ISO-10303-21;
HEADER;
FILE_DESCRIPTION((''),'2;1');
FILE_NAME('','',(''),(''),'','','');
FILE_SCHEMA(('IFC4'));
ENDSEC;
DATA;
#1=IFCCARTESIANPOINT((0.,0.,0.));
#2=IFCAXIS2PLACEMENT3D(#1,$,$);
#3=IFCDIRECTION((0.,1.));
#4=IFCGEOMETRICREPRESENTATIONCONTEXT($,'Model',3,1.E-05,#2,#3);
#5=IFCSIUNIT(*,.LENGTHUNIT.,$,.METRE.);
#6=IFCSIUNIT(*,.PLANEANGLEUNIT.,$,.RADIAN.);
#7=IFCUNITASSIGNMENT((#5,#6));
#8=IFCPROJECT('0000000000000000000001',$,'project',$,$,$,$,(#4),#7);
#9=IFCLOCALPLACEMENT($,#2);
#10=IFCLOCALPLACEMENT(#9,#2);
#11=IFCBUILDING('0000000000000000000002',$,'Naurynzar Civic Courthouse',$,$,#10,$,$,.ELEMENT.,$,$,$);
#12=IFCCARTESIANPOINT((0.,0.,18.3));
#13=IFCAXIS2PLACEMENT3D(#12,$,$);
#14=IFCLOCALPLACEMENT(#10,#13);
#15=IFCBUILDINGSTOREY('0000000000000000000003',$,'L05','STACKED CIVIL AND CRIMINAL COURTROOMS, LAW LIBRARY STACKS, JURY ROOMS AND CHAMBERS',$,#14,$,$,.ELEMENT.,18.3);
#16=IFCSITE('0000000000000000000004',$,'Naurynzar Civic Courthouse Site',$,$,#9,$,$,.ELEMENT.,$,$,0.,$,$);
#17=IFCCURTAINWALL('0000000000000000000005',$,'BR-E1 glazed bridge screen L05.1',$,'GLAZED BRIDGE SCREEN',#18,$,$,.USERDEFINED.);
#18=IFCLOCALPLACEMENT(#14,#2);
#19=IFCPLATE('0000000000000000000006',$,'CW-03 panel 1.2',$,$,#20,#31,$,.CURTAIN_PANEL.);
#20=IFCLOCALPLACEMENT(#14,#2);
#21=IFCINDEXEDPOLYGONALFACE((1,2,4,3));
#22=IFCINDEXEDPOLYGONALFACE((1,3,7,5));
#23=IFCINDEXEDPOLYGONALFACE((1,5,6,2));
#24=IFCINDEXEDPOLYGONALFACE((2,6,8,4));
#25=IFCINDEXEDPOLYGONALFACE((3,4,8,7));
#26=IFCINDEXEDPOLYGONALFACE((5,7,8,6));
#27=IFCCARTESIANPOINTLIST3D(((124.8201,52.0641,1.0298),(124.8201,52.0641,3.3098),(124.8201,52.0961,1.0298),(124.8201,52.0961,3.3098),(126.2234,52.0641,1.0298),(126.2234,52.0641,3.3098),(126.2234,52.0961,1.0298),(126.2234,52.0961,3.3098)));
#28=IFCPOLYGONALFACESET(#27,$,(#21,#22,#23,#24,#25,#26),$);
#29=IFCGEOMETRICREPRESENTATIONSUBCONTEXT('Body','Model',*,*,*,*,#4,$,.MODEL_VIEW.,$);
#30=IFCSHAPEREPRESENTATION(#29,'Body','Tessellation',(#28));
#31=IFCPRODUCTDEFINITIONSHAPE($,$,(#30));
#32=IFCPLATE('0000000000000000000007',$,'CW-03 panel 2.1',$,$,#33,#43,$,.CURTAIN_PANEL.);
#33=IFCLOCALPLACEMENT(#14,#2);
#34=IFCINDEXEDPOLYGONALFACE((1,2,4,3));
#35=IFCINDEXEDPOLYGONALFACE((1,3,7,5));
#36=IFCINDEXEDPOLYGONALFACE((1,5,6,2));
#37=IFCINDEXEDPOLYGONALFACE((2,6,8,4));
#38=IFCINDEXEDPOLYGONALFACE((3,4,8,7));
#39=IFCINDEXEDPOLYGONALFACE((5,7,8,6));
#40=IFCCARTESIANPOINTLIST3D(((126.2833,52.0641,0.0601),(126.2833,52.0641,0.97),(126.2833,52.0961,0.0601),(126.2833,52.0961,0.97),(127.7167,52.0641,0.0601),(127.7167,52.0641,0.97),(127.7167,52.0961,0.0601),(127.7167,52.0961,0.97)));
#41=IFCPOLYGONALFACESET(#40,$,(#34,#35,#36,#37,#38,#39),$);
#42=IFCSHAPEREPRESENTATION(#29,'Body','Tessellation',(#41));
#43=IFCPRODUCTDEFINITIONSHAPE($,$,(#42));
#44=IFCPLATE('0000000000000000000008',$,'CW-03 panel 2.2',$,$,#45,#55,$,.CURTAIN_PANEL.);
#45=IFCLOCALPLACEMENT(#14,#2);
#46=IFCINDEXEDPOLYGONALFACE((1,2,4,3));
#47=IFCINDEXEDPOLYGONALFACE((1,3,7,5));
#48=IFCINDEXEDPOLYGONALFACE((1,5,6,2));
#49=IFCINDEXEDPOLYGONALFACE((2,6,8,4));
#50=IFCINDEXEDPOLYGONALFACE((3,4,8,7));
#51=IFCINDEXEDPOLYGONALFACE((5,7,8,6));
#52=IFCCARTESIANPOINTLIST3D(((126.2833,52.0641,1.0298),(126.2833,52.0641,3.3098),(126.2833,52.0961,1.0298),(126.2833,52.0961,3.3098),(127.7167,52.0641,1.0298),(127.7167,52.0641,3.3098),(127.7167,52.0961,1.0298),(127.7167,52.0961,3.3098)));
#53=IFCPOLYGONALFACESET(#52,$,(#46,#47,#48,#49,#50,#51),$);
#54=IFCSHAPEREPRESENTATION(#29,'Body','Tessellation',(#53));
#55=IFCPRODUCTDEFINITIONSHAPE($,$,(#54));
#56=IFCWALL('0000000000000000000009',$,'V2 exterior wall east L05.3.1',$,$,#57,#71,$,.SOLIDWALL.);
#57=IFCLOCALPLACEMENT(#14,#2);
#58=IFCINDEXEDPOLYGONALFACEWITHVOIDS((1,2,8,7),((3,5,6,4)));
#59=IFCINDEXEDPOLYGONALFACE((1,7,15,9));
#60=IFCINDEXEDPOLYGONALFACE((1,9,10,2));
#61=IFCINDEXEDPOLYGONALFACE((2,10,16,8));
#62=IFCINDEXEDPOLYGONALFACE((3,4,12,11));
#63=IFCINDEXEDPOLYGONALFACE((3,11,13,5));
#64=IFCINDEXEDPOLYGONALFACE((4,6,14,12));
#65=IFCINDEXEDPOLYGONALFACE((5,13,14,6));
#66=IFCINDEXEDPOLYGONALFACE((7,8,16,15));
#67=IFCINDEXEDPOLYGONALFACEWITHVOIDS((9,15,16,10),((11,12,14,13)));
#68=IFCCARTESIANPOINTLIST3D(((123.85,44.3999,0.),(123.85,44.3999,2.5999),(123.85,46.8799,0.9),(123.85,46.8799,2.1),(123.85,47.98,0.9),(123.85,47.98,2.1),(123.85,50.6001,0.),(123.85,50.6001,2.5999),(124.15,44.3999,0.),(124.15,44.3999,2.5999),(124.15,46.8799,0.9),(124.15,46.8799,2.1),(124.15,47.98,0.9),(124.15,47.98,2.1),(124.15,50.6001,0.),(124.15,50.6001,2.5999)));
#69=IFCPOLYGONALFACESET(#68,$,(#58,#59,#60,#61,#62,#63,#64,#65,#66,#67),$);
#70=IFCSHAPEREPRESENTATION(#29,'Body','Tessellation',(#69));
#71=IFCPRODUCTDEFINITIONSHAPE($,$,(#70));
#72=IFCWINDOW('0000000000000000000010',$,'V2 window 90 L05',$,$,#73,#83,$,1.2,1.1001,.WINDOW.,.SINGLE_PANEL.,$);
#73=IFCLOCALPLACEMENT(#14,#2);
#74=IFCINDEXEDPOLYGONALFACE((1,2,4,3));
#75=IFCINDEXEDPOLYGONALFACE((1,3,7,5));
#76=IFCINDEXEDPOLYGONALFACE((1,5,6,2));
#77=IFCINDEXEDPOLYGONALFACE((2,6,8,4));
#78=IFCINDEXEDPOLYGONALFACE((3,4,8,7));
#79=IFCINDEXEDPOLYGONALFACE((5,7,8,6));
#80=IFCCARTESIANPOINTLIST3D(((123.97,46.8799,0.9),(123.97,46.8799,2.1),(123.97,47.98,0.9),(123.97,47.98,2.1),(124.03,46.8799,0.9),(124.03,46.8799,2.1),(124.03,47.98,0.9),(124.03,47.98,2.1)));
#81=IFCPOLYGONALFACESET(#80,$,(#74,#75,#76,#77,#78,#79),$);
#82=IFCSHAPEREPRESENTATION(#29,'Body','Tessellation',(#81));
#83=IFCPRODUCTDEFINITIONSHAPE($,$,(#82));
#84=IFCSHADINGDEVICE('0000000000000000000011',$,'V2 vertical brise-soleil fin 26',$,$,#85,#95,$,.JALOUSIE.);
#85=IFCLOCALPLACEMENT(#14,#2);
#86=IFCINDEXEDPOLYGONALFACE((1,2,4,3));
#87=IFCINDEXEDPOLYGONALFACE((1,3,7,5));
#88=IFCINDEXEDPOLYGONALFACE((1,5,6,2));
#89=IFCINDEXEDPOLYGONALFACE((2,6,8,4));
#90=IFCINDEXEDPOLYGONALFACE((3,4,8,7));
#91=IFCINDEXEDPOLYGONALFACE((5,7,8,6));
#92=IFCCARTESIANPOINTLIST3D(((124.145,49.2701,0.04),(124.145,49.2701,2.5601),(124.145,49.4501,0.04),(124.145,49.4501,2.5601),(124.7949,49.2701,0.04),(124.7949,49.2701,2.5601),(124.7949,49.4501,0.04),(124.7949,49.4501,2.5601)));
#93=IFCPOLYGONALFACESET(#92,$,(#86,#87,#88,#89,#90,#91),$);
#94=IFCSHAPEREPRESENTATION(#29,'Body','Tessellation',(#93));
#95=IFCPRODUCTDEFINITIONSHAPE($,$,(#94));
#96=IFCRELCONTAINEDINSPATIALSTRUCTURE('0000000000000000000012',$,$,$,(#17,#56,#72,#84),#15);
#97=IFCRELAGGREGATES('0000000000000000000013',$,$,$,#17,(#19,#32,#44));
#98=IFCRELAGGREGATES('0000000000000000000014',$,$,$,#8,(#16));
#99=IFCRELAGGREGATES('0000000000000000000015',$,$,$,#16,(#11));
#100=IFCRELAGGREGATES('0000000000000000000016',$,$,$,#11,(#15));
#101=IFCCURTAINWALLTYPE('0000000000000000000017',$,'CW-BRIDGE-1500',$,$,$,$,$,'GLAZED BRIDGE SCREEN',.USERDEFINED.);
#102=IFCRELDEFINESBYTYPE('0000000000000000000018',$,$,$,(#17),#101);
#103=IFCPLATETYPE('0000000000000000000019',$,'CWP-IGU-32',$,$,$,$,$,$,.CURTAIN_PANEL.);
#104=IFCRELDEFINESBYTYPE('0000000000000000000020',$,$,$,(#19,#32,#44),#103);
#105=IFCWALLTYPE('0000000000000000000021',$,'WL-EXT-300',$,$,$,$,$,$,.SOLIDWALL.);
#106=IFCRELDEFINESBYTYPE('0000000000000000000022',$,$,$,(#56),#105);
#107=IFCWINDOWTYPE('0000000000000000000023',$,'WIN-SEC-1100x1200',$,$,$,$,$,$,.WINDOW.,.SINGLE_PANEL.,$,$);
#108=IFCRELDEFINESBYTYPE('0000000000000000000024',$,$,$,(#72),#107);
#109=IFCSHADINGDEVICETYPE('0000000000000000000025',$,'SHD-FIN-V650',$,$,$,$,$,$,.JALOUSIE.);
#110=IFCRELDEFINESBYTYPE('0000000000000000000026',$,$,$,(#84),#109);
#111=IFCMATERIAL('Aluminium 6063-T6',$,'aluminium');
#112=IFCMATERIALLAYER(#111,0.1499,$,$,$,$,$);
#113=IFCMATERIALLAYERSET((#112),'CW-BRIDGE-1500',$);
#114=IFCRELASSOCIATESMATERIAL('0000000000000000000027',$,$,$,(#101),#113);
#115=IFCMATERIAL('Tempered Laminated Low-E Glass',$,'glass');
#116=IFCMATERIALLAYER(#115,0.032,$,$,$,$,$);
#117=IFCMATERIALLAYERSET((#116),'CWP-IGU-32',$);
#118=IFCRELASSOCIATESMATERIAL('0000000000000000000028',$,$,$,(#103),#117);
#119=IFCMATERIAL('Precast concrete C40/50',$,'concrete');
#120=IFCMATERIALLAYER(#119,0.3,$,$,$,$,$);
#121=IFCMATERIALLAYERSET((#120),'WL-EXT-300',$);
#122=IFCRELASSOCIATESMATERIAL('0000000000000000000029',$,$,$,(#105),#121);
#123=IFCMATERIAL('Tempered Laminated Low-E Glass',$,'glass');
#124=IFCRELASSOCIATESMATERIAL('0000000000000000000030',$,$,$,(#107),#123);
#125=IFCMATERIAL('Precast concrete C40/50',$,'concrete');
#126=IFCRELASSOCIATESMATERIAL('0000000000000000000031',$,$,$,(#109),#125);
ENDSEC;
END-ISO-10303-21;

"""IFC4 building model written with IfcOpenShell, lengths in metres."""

from ifc_helpers import new_model, si_unit, direction, frame, frame_2d, origin, origin_2d, place, context, subcontext, project, spatial, rectangle, extrude, material, layer, layer_set, type_object, element, fill, aggregate, save


model = new_model("IFC4")

# Units and contexts
model_context = context("Model", 3, precision=1e-05, world=origin(), true_north=direction((0.0, 1.0)))
body_context = subcontext(model_context, "Body", "Model", "MODEL_VIEW")
ifc_project = project(units=[si_unit("LENGTHUNIT", "METRE"), si_unit("PLANEANGLEUNIT", "RADIAN")], contexts=[model_context])

# Site, building, storey
site_placement = place(None, origin())
site = spatial("IfcSite", under=ifc_project, at=site_placement, Name="Naurynzar Civic Courthouse Site", CompositionType="ELEMENT", RefElevation=0.0)
building_placement = place(site_placement, origin())
building = spatial("IfcBuilding", under=site, at=building_placement, Name="Naurynzar Civic Courthouse", CompositionType="ELEMENT")
storey_placement = place(building_placement, frame((0.0, 0.0, 18.3)))
storey = spatial("IfcBuildingStorey", under=building, at=storey_placement, Name="L05", Description="STACKED CIVIL AND CRIMINAL COURTROOMS, LAW LIBRARY STACKS, JURY ROOMS AND CHAMBERS", CompositionType="ELEMENT", Elevation=18.3)

# Curtain wall, plates
ifc_material_1 = material(Name="Aluminium 6063-T6", Category="aluminium")
ifc_layer_1 = layer(ifc_material_1, 0.1499)
ifc_layer_set_1 = layer_set([ifc_layer_1], Name="CW-BRIDGE-1500")
curtain_wall_type = type_object("IfcCurtainWallType", Name="CW-BRIDGE-1500", ElementType="GLAZED BRIDGE SCREEN", PredefinedType="USERDEFINED", material=ifc_layer_set_1)
curtain_wall_placement = place(storey_placement, origin())
curtain_wall = element("IfcCurtainWall", 1, at=curtain_wall_placement, inside=storey, type_object=curtain_wall_type, Name="BR-E1 glazed bridge screen L05.1", ObjectType="GLAZED BRIDGE SCREEN", PredefinedType="USERDEFINED")
ifc_material_2 = material(Name="Tempered Laminated Low-E Glass", Category="glass")
ifc_layer_2 = layer(ifc_material_2, 0.032)
ifc_layer_set_2 = layer_set([ifc_layer_2], Name="CWP-IGU-32")
plate_type = type_object("IfcPlateType", Name="CWP-IGU-32", PredefinedType="CURTAIN_PANEL", material=ifc_layer_set_2)
plate_1_placement = place(storey_placement, frame((125.5217, 52.0801, 1.0298), z_axis=(0.0, 0.0, 1.0), x_axis=(1.0, 0.0, 0.0)))
plate_1 = element("IfcPlate", 2, at=plate_1_placement, type_object=plate_type, Name="CW-03 panel 1.2", PredefinedType="CURTAIN_PANEL", context=body_context, shape_type="SweptSolid", body=[
    extrude(rectangle(XDim=1.4033, YDim=0.032, at=origin_2d()), origin(), (0.0, 0.0, 1.0), 2.28),
])
plate_2_placement = place(storey_placement, frame((127.0, 52.0801, 0.0601), z_axis=(0.0, 0.0, 1.0), x_axis=(1.0, 0.0, 0.0)))
plate_2 = element("IfcPlate", 3, at=plate_2_placement, type_object=plate_type, Name="CW-03 panel 2.1", PredefinedType="CURTAIN_PANEL", context=body_context, shape_type="SweptSolid", body=[
    extrude(rectangle(XDim=1.4333, YDim=0.032, at=origin_2d()), origin(), (0.0, 0.0, 1.0), 0.9099),
])
plate_3_placement = place(storey_placement, frame((127.0, 52.0801, 1.0298), z_axis=(0.0, 0.0, 1.0), x_axis=(1.0, 0.0, 0.0)))
plate_3 = element("IfcPlate", 4, at=plate_3_placement, type_object=plate_type, Name="CW-03 panel 2.2", PredefinedType="CURTAIN_PANEL", context=body_context, shape_type="SweptSolid", body=[
    extrude(rectangle(XDim=1.4333, YDim=0.032, at=origin_2d()), origin(), (0.0, 0.0, 1.0), 2.28),
])
aggregate(curtain_wall, [plate_1, plate_2, plate_3])

# Wall, opening, window
ifc_material_3 = material(Name="Precast concrete C40/50", Category="concrete")
ifc_layer_3 = layer(ifc_material_3, 0.3)
ifc_layer_set_3 = layer_set([ifc_layer_3], Name="WL-EXT-300")
wall_type = type_object("IfcWallType", Name="WL-EXT-300", PredefinedType="SOLIDWALL", material=ifc_layer_set_3)
wall_placement = place(storey_placement, frame((124.0, 50.6001, 0.0), z_axis=(0.0, 0.0, 1.0), x_axis=(0.0, -1.0, 0.0)))
wall = element("IfcWall", 5, at=wall_placement, inside=storey, type_object=wall_type, Name="V2 exterior wall east L05.3.1", PredefinedType="SOLIDWALL", context=body_context, shape_type="SweptSolid", body=[
    extrude(rectangle(XDim=6.2002, YDim=0.3, at=frame_2d((3.1001, 0.0))), origin(), (0.0, 0.0, 1.0), 2.5999),
])
opening_placement = place(wall_placement, frame((2.6201, 0.0, 0.8999)))
opening = element("IfcOpeningElement", 6, at=opening_placement, cuts=wall, PredefinedType="OPENING", context=body_context, shape_type="SweptSolid", body=[
    extrude(rectangle(XDim=1.1001, YDim=1.2, at=frame_2d((0.55, 0.6001))), frame((0.0, 0.1599, 0.0), z_axis=(0.0, -1.0, 0.0), x_axis=(1.0, 0.0, 0.0)), (0.0, 0.0, 1.0), 0.3201),
])
ifc_material_4 = material(Name="Tempered Laminated Low-E Glass", Category="glass")
window_type = type_object("IfcWindowType", Name="WIN-SEC-1100x1200", PartitioningType="SINGLE_PANEL", PredefinedType="WINDOW", material=ifc_material_4)
window_placement = place(opening_placement, origin())
window = element("IfcWindow", 7, at=window_placement, inside=storey, type_object=window_type, Name="V2 window 90 L05", OverallHeight=1.2, OverallWidth=1.1001, PartitioningType="SINGLE_PANEL", PredefinedType="WINDOW", context=body_context, shape_type="SweptSolid", body=[
    extrude(rectangle(XDim=1.1001, YDim=1.2, at=frame_2d((0.55, 0.6001))), frame((0.0, 0.03, 0.0), z_axis=(0.0, -1.0, 0.0), x_axis=(1.0, 0.0, 0.0)), (0.0, 0.0, 1.0), 0.0601),
])
fill(opening, window)

# Shading device
ifc_material_5 = material(Name="Precast concrete C40/50", Category="concrete")
shading_device_type = type_object("IfcShadingDeviceType", Name="SHD-FIN-V650", PredefinedType="JALOUSIE", material=ifc_material_5)
shading_device_placement = place(storey_placement, frame((124.47, 49.3601, 0.04), z_axis=(0.0, 0.0, 1.0), x_axis=(0.0, -1.0, 0.0)))
element("IfcShadingDevice", 8, at=shading_device_placement, inside=storey, type_object=shading_device_type, Name="V2 vertical brise-soleil fin 26", PredefinedType="JALOUSIE", context=body_context, shape_type="SweptSolid", body=[
    extrude(rectangle(XDim=0.1799, YDim=0.6499, at=origin_2d()), origin(), (0.0, 0.0, 1.0), 2.52),
])

save(model, "model.ifc")
